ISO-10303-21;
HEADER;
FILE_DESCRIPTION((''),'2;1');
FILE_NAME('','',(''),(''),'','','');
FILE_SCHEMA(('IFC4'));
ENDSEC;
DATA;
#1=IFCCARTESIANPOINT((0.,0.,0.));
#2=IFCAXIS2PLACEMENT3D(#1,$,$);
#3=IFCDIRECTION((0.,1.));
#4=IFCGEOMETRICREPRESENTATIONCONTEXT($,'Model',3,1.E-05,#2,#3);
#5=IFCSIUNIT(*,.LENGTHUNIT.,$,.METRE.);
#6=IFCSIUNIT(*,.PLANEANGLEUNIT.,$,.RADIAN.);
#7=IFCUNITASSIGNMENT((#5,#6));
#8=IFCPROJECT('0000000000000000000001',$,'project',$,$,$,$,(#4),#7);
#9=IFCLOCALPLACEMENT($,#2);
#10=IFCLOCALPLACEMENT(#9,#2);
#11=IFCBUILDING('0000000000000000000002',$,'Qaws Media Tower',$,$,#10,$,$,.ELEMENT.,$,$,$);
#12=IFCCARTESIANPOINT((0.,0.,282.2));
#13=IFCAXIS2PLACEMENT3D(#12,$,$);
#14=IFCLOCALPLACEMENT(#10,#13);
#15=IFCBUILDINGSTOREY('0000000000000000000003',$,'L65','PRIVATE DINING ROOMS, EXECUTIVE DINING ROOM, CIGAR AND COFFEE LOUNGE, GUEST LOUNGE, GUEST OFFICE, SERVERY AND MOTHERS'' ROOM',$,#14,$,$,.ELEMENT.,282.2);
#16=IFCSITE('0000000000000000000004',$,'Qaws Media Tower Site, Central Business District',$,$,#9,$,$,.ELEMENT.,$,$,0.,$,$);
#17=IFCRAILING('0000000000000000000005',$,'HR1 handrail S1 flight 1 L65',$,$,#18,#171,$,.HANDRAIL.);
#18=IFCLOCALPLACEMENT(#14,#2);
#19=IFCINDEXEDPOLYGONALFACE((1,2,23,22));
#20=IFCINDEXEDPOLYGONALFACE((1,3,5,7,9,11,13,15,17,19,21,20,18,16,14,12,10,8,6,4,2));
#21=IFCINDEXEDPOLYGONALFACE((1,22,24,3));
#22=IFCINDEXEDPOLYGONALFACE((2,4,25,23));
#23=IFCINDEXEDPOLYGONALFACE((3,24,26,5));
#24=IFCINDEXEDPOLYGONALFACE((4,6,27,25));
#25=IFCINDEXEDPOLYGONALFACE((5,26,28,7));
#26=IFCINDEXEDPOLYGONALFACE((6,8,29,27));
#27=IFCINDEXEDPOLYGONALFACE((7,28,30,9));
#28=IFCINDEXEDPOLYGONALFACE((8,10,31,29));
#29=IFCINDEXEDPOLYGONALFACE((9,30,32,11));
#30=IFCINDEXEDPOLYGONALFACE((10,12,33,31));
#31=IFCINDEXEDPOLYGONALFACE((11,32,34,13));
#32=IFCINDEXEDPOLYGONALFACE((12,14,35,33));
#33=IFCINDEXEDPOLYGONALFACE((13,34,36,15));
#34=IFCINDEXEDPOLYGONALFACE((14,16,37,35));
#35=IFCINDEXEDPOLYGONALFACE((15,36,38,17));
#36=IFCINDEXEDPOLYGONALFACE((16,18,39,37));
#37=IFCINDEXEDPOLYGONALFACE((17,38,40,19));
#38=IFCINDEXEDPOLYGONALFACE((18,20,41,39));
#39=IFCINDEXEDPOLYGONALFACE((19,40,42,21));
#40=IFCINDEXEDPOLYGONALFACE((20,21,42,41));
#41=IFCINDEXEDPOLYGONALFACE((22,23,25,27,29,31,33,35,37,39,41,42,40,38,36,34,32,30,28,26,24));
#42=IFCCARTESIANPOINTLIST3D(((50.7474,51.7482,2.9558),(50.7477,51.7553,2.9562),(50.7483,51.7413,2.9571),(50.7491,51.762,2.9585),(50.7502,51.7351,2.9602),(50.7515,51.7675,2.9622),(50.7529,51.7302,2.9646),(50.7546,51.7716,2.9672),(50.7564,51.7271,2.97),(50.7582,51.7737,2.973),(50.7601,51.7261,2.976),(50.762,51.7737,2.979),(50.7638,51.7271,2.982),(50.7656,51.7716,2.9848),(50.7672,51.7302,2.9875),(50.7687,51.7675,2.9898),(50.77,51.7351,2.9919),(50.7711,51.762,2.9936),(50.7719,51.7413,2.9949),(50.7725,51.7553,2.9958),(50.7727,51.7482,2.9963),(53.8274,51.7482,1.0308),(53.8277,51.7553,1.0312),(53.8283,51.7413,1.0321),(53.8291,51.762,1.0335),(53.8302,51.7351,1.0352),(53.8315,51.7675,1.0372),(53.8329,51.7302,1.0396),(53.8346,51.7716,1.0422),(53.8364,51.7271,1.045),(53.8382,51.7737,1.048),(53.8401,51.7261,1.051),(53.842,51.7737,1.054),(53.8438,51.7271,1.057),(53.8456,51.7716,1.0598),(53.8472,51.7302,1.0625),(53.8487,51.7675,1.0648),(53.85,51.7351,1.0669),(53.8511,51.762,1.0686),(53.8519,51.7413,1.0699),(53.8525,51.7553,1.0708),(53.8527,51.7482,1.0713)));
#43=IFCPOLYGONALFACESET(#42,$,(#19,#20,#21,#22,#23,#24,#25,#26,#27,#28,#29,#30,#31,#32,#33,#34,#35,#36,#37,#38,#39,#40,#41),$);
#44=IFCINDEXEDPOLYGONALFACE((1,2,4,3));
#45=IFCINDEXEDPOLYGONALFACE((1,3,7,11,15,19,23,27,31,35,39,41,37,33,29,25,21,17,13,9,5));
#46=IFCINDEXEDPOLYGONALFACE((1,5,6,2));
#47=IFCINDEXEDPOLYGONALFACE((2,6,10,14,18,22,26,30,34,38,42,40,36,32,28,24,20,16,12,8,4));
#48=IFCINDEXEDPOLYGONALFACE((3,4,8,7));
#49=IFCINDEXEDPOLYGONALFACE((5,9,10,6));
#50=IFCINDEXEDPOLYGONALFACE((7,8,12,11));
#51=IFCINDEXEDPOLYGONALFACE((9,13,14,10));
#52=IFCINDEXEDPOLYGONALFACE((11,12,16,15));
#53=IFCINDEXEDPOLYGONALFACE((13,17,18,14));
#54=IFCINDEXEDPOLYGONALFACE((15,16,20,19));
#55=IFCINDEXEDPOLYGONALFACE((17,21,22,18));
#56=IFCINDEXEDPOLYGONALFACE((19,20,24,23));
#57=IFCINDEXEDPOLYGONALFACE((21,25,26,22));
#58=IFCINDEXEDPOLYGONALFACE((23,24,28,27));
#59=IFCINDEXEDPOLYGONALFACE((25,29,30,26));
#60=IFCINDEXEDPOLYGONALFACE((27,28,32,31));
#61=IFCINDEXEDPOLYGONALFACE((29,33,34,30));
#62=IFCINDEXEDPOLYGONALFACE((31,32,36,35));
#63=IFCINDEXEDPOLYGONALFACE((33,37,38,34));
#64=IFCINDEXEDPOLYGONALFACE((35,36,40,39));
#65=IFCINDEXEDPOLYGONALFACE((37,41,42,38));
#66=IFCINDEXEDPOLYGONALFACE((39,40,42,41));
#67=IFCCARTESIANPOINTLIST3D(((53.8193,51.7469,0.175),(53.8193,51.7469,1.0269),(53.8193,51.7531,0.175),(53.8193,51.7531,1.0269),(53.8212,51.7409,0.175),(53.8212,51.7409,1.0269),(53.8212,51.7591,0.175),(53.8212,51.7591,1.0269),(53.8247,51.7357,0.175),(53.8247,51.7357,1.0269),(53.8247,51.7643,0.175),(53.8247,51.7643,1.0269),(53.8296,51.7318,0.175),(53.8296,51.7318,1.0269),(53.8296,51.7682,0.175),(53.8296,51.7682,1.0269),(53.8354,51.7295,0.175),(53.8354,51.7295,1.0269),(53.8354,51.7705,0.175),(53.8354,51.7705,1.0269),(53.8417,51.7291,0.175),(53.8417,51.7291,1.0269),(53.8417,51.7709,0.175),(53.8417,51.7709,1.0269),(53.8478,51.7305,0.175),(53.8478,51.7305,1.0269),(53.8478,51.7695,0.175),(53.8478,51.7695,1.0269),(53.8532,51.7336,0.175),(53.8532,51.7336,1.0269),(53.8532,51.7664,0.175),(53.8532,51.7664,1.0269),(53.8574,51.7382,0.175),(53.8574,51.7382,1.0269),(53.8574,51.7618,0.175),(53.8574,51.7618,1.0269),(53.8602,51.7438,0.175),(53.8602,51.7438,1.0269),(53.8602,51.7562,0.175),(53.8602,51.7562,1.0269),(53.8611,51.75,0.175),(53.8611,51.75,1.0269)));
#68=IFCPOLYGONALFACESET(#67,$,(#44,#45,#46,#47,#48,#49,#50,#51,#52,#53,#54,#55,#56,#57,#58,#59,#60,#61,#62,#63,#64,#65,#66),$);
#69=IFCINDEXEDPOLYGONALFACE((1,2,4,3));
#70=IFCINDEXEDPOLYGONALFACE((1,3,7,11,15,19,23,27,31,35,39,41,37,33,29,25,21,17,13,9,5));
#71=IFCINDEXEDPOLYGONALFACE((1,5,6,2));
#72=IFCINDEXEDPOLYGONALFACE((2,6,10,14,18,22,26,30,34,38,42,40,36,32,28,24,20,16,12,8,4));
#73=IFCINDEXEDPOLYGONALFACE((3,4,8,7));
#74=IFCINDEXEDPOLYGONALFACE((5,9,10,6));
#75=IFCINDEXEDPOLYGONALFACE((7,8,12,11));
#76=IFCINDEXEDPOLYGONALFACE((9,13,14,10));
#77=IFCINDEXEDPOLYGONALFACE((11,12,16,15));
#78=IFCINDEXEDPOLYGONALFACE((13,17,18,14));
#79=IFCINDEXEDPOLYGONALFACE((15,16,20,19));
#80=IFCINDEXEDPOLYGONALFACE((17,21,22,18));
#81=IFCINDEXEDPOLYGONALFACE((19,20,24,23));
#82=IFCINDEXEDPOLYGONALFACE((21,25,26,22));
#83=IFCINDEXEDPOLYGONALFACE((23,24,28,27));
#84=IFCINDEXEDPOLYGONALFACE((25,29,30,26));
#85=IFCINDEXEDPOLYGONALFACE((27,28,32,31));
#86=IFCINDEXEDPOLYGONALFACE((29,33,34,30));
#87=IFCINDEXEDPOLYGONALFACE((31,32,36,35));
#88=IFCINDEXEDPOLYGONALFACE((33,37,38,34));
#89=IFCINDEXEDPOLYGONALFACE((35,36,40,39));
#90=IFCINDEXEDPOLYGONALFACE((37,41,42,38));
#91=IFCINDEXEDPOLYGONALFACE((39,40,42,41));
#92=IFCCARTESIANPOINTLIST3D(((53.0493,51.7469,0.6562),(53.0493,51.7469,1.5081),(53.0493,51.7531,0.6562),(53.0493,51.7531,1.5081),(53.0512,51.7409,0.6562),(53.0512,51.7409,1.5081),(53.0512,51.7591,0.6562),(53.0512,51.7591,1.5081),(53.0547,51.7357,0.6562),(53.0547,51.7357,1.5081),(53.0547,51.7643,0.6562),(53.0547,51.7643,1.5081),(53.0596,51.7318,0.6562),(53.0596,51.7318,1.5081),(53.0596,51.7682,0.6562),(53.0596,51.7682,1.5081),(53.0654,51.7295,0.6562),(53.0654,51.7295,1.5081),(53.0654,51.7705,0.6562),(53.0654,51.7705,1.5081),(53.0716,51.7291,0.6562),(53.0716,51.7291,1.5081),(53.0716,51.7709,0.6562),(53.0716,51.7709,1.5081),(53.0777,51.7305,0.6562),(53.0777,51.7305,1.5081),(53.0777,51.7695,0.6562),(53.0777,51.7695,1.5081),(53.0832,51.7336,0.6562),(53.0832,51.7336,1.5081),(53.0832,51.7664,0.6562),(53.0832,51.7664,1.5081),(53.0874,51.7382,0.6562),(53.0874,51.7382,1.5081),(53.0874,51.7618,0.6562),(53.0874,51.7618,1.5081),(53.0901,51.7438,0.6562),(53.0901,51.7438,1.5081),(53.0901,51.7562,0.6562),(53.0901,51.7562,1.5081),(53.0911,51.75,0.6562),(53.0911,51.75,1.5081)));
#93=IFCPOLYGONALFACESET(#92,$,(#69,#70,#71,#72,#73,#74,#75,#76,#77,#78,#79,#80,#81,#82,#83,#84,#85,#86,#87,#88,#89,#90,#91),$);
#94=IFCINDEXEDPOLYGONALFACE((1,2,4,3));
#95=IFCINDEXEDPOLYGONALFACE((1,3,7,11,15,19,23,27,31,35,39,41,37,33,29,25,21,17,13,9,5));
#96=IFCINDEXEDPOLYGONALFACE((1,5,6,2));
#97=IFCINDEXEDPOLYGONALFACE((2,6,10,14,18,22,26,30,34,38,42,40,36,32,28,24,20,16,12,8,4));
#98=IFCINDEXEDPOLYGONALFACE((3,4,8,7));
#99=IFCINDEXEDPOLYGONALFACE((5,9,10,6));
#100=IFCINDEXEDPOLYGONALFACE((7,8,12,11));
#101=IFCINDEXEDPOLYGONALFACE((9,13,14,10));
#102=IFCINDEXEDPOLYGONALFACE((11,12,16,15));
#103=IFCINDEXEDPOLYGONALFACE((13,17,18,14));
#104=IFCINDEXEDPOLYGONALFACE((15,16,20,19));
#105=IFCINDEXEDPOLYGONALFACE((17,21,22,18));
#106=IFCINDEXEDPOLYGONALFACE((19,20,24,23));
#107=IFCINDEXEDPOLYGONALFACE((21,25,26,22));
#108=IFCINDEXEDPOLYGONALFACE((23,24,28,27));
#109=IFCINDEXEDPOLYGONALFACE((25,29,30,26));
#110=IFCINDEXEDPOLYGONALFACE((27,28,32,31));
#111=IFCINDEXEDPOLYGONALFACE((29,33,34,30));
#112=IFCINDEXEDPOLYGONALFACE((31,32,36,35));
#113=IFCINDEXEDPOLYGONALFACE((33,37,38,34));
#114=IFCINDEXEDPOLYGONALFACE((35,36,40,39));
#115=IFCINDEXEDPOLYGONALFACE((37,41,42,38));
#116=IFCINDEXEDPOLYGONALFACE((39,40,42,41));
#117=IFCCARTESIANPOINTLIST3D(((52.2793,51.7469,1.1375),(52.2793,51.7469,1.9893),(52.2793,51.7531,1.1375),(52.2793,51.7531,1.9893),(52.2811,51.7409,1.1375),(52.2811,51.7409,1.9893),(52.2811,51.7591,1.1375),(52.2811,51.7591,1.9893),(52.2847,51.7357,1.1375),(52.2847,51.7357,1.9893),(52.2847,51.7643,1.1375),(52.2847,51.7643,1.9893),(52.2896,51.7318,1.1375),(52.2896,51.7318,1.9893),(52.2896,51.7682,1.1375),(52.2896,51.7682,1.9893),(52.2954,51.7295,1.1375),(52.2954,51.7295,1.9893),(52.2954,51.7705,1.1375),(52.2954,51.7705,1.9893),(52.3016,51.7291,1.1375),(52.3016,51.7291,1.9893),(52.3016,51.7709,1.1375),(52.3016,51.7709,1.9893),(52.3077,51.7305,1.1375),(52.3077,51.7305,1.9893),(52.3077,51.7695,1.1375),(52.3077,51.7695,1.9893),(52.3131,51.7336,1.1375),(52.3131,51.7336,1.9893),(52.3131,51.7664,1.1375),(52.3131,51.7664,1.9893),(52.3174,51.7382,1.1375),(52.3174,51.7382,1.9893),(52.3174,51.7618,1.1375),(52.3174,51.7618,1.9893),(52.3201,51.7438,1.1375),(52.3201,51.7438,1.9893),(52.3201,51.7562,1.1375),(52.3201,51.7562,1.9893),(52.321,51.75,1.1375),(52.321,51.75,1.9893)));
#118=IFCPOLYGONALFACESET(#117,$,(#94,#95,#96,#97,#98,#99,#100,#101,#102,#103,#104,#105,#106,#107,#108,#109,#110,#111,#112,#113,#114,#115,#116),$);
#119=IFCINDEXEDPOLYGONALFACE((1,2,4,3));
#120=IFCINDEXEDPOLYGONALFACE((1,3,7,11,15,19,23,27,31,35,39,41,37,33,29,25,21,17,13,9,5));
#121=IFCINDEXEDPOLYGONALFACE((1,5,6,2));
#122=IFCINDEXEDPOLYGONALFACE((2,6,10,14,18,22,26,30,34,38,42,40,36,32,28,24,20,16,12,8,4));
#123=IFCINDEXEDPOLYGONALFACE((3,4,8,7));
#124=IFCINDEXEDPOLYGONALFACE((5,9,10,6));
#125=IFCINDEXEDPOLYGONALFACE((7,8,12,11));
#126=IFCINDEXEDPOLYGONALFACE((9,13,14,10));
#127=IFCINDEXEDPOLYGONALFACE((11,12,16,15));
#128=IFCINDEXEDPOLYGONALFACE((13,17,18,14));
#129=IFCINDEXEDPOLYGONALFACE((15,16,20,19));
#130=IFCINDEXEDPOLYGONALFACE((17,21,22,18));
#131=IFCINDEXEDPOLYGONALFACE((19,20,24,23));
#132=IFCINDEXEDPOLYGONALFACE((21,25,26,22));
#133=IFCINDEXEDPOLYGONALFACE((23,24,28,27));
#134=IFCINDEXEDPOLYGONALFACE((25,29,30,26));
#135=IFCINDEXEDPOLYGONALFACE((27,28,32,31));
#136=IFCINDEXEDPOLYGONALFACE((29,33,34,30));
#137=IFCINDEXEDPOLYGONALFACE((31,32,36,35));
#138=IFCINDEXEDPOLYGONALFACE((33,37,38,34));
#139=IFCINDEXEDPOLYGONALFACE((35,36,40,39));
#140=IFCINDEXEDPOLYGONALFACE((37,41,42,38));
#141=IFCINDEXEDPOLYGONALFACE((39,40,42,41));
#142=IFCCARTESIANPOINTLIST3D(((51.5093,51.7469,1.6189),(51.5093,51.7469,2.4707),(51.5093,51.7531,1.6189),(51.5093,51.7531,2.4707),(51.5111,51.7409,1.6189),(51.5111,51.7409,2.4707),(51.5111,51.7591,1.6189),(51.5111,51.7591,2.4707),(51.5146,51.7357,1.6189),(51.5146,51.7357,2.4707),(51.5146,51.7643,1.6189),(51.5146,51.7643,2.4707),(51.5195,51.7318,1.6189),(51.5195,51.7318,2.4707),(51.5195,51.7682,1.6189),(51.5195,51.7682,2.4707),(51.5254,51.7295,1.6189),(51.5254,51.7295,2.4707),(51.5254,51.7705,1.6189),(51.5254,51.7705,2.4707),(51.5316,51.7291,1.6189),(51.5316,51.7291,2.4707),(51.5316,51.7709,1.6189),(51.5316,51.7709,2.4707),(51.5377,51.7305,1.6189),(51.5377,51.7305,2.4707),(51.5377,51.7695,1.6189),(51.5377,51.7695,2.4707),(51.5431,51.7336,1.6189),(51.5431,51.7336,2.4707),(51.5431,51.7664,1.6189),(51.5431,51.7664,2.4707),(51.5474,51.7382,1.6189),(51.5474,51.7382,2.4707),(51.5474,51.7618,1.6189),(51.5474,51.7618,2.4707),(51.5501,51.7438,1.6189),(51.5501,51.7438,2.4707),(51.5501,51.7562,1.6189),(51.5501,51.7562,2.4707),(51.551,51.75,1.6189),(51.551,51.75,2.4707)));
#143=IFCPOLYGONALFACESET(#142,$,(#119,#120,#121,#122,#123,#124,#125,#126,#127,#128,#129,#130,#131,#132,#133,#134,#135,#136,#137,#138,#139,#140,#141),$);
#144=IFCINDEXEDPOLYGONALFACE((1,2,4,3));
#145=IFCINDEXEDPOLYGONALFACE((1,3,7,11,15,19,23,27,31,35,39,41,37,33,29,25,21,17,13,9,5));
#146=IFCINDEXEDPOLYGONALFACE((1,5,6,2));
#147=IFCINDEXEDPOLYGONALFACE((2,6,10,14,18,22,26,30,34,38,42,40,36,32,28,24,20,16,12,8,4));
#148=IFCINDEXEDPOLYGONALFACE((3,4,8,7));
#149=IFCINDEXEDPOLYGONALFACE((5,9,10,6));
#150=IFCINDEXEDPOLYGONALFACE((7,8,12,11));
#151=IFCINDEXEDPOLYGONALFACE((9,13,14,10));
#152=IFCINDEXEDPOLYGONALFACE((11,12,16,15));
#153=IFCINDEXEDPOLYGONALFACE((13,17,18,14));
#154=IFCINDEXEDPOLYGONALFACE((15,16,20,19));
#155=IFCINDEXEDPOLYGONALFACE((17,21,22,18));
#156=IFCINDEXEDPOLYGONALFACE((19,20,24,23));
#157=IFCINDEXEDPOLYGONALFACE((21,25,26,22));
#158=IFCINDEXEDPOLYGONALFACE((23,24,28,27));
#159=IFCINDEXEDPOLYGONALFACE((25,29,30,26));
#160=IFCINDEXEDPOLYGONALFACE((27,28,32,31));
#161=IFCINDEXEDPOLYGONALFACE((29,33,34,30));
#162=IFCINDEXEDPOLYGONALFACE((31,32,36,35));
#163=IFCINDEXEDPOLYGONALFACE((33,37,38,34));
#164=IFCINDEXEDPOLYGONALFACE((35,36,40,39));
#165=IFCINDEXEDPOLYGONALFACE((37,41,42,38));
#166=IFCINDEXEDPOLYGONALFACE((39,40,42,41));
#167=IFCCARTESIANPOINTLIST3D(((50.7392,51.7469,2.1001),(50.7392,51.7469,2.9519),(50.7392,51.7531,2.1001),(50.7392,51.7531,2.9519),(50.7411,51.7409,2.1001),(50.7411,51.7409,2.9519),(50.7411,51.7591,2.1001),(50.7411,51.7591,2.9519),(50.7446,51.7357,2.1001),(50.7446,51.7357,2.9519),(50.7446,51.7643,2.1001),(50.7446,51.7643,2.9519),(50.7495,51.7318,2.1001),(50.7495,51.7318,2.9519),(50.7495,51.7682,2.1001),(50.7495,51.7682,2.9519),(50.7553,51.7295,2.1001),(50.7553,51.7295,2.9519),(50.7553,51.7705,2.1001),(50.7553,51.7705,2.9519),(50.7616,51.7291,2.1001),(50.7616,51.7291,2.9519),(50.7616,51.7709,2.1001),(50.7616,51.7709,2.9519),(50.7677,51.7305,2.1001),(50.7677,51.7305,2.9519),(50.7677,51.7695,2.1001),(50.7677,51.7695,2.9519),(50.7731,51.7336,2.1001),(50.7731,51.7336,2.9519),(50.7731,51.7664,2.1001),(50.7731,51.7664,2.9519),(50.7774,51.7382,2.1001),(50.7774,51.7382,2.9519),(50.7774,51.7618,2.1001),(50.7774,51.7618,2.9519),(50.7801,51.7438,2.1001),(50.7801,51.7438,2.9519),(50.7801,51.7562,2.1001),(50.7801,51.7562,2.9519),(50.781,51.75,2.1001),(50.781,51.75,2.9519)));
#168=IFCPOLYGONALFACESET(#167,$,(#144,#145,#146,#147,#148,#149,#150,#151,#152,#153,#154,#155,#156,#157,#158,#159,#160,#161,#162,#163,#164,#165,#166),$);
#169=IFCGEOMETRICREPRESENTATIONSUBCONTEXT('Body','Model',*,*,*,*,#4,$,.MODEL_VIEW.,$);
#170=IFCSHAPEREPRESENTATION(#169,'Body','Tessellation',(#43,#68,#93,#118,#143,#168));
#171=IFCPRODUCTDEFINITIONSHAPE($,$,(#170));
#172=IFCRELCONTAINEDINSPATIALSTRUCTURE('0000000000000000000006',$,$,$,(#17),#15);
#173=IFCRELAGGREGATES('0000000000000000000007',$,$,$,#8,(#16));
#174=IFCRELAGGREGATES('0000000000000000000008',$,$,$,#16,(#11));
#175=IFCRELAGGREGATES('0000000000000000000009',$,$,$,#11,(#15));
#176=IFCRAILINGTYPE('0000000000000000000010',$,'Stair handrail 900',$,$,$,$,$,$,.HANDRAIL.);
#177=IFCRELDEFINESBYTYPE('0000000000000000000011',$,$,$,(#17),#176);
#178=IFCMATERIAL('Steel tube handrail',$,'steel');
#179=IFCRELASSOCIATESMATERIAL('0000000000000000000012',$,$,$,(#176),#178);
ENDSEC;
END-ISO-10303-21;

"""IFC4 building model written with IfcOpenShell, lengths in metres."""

from ifc_helpers import new_model, si_unit, direction, frame, origin, origin_2d, place, context, subcontext, project, spatial, circle, extrude, material, type_object, element, save


model = new_model("IFC4")

# Units and contexts
model_context = context("Model", 3, precision=1e-05, world=origin(), true_north=direction((0.0, 1.0)))
body_context = subcontext(model_context, "Body", "Model", "MODEL_VIEW")
ifc_project = project(units=[si_unit("LENGTHUNIT", "METRE"), si_unit("PLANEANGLEUNIT", "RADIAN")], contexts=[model_context])

# Site, building, storey
site_placement = place(None, origin())
site = spatial("IfcSite", under=ifc_project, at=site_placement, Name="Qaws Media Tower Site, Central Business District", CompositionType="ELEMENT", RefElevation=0.0)
building_placement = place(site_placement, origin())
building = spatial("IfcBuilding", under=site, at=building_placement, Name="Qaws Media Tower", CompositionType="ELEMENT")
storey_placement = place(building_placement, frame((0.0, 0.0, 282.2)))
storey = spatial("IfcBuildingStorey", under=building, at=storey_placement, Name="L65", Description="PRIVATE DINING ROOMS, EXECUTIVE DINING ROOM, CIGAR AND COFFEE LOUNGE, GUEST LOUNGE, GUEST OFFICE, SERVERY AND MOTHERS' ROOM", CompositionType="ELEMENT", Elevation=282.2)

# Railing
ifc_material_1 = material(Name="Steel tube handrail", Category="steel")
railing_type = type_object("IfcRailingType", Name="Stair handrail 900", PredefinedType="HANDRAIL", material=ifc_material_1)
for number, where, name in (
    (1, (53.8401, 51.75, 0.175), "HR1 handrail S1 flight 1 L65"),
):
    element("IfcRailing", number, at=place(storey_placement, frame(where)), inside=storey, type_object=railing_type, Name=name, PredefinedType="HANDRAIL", context=body_context, shape_type="SweptSolid", body=[
        extrude(circle(Radius=0.0239, at=origin_2d()), frame((0.0, 0.0, 0.876), z_axis=(-0.847998, 0.0, 0.529999), x_axis=(0.0, -1.0, 0.0)), (0.0, 0.0, 1.0), 3.6321),
        extrude(circle(Radius=0.021, at=origin_2d()), origin(), (0.0, 0.0, 1.0), 0.8518),
        extrude(circle(Radius=0.021, at=origin_2d()), frame((-0.77, 0.0, 0.4812)), (0.0, 0.0, 1.0), 0.8518),
        extrude(circle(Radius=0.021, at=origin_2d()), frame((-1.54, 0.0, 0.9624)), (0.0, 0.0, 1.0), 0.8518),
        extrude(circle(Radius=0.021, at=origin_2d()), frame((-2.3101, 0.0, 1.4438)), (0.0, 0.0, 1.0), 0.8518),
        extrude(circle(Radius=0.021, at=origin_2d()), frame((-3.0801, 0.0, 1.925)), (0.0, 0.0, 1.0), 0.8518),
    ])

save(model, "model.ifc")
